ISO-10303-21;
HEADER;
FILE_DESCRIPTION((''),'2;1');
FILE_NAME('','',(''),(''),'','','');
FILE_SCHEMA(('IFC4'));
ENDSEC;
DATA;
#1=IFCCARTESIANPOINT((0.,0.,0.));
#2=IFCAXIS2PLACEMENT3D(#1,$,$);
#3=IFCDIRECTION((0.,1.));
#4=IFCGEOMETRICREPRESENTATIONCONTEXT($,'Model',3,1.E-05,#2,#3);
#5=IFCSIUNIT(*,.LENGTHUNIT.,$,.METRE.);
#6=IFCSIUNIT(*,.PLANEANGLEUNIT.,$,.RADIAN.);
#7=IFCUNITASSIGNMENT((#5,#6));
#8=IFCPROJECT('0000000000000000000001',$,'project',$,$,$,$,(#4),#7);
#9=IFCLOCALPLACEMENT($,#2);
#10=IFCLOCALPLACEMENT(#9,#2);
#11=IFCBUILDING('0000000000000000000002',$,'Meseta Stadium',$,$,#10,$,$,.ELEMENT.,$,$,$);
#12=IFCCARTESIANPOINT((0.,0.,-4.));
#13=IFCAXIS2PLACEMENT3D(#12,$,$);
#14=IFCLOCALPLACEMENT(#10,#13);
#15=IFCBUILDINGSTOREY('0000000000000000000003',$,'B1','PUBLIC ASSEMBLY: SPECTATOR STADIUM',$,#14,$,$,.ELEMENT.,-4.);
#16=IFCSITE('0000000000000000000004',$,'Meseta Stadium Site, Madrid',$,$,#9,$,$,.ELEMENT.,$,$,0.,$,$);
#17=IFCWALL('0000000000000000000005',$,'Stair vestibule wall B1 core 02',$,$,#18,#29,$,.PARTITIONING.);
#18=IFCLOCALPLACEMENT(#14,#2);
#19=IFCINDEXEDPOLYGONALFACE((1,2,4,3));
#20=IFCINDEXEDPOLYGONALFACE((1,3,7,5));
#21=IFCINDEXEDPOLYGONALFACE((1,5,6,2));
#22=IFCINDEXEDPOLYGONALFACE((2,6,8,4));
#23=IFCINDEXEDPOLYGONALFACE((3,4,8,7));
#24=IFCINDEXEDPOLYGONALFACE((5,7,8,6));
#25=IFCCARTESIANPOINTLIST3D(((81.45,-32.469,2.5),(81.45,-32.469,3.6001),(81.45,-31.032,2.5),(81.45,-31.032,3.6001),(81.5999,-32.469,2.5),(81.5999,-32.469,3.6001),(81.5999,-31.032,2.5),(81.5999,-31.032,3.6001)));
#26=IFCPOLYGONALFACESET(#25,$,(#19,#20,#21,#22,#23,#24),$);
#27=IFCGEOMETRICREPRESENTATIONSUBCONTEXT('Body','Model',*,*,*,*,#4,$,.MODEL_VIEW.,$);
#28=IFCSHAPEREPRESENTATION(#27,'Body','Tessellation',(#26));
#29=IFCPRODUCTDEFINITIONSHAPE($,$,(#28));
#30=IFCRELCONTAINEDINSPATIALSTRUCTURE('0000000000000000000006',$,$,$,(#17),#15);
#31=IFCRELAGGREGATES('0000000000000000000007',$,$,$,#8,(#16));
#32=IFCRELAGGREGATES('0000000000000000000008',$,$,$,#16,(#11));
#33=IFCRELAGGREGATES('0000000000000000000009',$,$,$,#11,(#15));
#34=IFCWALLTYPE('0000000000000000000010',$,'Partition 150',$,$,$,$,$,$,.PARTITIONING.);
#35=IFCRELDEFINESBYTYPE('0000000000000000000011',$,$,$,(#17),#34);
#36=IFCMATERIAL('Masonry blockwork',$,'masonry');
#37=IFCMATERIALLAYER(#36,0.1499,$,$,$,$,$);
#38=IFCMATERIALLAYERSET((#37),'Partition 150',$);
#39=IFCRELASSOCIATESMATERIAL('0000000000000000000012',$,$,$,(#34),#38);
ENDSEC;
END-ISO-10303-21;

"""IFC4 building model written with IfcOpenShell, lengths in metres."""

from ifc_helpers import new_model, si_unit, direction, frame, frame_2d, origin, place, context, subcontext, project, spatial, rectangle, extrude, material, layer, layer_set, type_object, element, save


model = new_model("IFC4")

# Units and contexts
model_context = context("Model", 3, precision=1e-05, world=origin(), true_north=direction((0.0, 1.0)))
body_context = subcontext(model_context, "Body", "Model", "MODEL_VIEW")
ifc_project = project(units=[si_unit("LENGTHUNIT", "METRE"), si_unit("PLANEANGLEUNIT", "RADIAN")], contexts=[model_context])

# Site, building, storey
site_placement = place(None, origin())
site = spatial("IfcSite", under=ifc_project, at=site_placement, Name="Meseta Stadium Site, Madrid", CompositionType="ELEMENT", RefElevation=0.0)
building_placement = place(site_placement, origin())
building = spatial("IfcBuilding", under=site, at=building_placement, Name="Meseta Stadium", CompositionType="ELEMENT")
storey_placement = place(building_placement, frame((0.0, 0.0, -4.0)))
storey = spatial("IfcBuildingStorey", under=building, at=storey_placement, Name="B1", Description="PUBLIC ASSEMBLY: SPECTATOR STADIUM", CompositionType="ELEMENT", Elevation=-4.0)

# Shared definitions
ifc_material_1 = material(Name="Masonry blockwork", Category="masonry")
ifc_layer = layer(ifc_material_1, 0.1499)
ifc_layer_set = layer_set([ifc_layer], Name="Partition 150")
wall_type = type_object("IfcWallType", Name="Partition 150", PredefinedType="PARTITIONING", material=ifc_layer_set)

# Wall
wall_1_placement = place(storey_placement, frame((81.5249, -31.032, 2.5), z_axis=(0.0, 0.0, 1.0), x_axis=(0.0, -1.0, 0.0)))
element("IfcWall", 1, at=wall_1_placement, inside=storey, type_object=wall_type, Name="Stair vestibule wall B1 core 02", PredefinedType="PARTITIONING", context=body_context, shape_type="SweptSolid", body=[
    extrude(rectangle(XDim=1.437, YDim=0.1499, at=frame_2d((0.7185, 0.0))), origin(), (0.0, 0.0, 1.0), 1.1001),
])

save(model, "model.ifc")
